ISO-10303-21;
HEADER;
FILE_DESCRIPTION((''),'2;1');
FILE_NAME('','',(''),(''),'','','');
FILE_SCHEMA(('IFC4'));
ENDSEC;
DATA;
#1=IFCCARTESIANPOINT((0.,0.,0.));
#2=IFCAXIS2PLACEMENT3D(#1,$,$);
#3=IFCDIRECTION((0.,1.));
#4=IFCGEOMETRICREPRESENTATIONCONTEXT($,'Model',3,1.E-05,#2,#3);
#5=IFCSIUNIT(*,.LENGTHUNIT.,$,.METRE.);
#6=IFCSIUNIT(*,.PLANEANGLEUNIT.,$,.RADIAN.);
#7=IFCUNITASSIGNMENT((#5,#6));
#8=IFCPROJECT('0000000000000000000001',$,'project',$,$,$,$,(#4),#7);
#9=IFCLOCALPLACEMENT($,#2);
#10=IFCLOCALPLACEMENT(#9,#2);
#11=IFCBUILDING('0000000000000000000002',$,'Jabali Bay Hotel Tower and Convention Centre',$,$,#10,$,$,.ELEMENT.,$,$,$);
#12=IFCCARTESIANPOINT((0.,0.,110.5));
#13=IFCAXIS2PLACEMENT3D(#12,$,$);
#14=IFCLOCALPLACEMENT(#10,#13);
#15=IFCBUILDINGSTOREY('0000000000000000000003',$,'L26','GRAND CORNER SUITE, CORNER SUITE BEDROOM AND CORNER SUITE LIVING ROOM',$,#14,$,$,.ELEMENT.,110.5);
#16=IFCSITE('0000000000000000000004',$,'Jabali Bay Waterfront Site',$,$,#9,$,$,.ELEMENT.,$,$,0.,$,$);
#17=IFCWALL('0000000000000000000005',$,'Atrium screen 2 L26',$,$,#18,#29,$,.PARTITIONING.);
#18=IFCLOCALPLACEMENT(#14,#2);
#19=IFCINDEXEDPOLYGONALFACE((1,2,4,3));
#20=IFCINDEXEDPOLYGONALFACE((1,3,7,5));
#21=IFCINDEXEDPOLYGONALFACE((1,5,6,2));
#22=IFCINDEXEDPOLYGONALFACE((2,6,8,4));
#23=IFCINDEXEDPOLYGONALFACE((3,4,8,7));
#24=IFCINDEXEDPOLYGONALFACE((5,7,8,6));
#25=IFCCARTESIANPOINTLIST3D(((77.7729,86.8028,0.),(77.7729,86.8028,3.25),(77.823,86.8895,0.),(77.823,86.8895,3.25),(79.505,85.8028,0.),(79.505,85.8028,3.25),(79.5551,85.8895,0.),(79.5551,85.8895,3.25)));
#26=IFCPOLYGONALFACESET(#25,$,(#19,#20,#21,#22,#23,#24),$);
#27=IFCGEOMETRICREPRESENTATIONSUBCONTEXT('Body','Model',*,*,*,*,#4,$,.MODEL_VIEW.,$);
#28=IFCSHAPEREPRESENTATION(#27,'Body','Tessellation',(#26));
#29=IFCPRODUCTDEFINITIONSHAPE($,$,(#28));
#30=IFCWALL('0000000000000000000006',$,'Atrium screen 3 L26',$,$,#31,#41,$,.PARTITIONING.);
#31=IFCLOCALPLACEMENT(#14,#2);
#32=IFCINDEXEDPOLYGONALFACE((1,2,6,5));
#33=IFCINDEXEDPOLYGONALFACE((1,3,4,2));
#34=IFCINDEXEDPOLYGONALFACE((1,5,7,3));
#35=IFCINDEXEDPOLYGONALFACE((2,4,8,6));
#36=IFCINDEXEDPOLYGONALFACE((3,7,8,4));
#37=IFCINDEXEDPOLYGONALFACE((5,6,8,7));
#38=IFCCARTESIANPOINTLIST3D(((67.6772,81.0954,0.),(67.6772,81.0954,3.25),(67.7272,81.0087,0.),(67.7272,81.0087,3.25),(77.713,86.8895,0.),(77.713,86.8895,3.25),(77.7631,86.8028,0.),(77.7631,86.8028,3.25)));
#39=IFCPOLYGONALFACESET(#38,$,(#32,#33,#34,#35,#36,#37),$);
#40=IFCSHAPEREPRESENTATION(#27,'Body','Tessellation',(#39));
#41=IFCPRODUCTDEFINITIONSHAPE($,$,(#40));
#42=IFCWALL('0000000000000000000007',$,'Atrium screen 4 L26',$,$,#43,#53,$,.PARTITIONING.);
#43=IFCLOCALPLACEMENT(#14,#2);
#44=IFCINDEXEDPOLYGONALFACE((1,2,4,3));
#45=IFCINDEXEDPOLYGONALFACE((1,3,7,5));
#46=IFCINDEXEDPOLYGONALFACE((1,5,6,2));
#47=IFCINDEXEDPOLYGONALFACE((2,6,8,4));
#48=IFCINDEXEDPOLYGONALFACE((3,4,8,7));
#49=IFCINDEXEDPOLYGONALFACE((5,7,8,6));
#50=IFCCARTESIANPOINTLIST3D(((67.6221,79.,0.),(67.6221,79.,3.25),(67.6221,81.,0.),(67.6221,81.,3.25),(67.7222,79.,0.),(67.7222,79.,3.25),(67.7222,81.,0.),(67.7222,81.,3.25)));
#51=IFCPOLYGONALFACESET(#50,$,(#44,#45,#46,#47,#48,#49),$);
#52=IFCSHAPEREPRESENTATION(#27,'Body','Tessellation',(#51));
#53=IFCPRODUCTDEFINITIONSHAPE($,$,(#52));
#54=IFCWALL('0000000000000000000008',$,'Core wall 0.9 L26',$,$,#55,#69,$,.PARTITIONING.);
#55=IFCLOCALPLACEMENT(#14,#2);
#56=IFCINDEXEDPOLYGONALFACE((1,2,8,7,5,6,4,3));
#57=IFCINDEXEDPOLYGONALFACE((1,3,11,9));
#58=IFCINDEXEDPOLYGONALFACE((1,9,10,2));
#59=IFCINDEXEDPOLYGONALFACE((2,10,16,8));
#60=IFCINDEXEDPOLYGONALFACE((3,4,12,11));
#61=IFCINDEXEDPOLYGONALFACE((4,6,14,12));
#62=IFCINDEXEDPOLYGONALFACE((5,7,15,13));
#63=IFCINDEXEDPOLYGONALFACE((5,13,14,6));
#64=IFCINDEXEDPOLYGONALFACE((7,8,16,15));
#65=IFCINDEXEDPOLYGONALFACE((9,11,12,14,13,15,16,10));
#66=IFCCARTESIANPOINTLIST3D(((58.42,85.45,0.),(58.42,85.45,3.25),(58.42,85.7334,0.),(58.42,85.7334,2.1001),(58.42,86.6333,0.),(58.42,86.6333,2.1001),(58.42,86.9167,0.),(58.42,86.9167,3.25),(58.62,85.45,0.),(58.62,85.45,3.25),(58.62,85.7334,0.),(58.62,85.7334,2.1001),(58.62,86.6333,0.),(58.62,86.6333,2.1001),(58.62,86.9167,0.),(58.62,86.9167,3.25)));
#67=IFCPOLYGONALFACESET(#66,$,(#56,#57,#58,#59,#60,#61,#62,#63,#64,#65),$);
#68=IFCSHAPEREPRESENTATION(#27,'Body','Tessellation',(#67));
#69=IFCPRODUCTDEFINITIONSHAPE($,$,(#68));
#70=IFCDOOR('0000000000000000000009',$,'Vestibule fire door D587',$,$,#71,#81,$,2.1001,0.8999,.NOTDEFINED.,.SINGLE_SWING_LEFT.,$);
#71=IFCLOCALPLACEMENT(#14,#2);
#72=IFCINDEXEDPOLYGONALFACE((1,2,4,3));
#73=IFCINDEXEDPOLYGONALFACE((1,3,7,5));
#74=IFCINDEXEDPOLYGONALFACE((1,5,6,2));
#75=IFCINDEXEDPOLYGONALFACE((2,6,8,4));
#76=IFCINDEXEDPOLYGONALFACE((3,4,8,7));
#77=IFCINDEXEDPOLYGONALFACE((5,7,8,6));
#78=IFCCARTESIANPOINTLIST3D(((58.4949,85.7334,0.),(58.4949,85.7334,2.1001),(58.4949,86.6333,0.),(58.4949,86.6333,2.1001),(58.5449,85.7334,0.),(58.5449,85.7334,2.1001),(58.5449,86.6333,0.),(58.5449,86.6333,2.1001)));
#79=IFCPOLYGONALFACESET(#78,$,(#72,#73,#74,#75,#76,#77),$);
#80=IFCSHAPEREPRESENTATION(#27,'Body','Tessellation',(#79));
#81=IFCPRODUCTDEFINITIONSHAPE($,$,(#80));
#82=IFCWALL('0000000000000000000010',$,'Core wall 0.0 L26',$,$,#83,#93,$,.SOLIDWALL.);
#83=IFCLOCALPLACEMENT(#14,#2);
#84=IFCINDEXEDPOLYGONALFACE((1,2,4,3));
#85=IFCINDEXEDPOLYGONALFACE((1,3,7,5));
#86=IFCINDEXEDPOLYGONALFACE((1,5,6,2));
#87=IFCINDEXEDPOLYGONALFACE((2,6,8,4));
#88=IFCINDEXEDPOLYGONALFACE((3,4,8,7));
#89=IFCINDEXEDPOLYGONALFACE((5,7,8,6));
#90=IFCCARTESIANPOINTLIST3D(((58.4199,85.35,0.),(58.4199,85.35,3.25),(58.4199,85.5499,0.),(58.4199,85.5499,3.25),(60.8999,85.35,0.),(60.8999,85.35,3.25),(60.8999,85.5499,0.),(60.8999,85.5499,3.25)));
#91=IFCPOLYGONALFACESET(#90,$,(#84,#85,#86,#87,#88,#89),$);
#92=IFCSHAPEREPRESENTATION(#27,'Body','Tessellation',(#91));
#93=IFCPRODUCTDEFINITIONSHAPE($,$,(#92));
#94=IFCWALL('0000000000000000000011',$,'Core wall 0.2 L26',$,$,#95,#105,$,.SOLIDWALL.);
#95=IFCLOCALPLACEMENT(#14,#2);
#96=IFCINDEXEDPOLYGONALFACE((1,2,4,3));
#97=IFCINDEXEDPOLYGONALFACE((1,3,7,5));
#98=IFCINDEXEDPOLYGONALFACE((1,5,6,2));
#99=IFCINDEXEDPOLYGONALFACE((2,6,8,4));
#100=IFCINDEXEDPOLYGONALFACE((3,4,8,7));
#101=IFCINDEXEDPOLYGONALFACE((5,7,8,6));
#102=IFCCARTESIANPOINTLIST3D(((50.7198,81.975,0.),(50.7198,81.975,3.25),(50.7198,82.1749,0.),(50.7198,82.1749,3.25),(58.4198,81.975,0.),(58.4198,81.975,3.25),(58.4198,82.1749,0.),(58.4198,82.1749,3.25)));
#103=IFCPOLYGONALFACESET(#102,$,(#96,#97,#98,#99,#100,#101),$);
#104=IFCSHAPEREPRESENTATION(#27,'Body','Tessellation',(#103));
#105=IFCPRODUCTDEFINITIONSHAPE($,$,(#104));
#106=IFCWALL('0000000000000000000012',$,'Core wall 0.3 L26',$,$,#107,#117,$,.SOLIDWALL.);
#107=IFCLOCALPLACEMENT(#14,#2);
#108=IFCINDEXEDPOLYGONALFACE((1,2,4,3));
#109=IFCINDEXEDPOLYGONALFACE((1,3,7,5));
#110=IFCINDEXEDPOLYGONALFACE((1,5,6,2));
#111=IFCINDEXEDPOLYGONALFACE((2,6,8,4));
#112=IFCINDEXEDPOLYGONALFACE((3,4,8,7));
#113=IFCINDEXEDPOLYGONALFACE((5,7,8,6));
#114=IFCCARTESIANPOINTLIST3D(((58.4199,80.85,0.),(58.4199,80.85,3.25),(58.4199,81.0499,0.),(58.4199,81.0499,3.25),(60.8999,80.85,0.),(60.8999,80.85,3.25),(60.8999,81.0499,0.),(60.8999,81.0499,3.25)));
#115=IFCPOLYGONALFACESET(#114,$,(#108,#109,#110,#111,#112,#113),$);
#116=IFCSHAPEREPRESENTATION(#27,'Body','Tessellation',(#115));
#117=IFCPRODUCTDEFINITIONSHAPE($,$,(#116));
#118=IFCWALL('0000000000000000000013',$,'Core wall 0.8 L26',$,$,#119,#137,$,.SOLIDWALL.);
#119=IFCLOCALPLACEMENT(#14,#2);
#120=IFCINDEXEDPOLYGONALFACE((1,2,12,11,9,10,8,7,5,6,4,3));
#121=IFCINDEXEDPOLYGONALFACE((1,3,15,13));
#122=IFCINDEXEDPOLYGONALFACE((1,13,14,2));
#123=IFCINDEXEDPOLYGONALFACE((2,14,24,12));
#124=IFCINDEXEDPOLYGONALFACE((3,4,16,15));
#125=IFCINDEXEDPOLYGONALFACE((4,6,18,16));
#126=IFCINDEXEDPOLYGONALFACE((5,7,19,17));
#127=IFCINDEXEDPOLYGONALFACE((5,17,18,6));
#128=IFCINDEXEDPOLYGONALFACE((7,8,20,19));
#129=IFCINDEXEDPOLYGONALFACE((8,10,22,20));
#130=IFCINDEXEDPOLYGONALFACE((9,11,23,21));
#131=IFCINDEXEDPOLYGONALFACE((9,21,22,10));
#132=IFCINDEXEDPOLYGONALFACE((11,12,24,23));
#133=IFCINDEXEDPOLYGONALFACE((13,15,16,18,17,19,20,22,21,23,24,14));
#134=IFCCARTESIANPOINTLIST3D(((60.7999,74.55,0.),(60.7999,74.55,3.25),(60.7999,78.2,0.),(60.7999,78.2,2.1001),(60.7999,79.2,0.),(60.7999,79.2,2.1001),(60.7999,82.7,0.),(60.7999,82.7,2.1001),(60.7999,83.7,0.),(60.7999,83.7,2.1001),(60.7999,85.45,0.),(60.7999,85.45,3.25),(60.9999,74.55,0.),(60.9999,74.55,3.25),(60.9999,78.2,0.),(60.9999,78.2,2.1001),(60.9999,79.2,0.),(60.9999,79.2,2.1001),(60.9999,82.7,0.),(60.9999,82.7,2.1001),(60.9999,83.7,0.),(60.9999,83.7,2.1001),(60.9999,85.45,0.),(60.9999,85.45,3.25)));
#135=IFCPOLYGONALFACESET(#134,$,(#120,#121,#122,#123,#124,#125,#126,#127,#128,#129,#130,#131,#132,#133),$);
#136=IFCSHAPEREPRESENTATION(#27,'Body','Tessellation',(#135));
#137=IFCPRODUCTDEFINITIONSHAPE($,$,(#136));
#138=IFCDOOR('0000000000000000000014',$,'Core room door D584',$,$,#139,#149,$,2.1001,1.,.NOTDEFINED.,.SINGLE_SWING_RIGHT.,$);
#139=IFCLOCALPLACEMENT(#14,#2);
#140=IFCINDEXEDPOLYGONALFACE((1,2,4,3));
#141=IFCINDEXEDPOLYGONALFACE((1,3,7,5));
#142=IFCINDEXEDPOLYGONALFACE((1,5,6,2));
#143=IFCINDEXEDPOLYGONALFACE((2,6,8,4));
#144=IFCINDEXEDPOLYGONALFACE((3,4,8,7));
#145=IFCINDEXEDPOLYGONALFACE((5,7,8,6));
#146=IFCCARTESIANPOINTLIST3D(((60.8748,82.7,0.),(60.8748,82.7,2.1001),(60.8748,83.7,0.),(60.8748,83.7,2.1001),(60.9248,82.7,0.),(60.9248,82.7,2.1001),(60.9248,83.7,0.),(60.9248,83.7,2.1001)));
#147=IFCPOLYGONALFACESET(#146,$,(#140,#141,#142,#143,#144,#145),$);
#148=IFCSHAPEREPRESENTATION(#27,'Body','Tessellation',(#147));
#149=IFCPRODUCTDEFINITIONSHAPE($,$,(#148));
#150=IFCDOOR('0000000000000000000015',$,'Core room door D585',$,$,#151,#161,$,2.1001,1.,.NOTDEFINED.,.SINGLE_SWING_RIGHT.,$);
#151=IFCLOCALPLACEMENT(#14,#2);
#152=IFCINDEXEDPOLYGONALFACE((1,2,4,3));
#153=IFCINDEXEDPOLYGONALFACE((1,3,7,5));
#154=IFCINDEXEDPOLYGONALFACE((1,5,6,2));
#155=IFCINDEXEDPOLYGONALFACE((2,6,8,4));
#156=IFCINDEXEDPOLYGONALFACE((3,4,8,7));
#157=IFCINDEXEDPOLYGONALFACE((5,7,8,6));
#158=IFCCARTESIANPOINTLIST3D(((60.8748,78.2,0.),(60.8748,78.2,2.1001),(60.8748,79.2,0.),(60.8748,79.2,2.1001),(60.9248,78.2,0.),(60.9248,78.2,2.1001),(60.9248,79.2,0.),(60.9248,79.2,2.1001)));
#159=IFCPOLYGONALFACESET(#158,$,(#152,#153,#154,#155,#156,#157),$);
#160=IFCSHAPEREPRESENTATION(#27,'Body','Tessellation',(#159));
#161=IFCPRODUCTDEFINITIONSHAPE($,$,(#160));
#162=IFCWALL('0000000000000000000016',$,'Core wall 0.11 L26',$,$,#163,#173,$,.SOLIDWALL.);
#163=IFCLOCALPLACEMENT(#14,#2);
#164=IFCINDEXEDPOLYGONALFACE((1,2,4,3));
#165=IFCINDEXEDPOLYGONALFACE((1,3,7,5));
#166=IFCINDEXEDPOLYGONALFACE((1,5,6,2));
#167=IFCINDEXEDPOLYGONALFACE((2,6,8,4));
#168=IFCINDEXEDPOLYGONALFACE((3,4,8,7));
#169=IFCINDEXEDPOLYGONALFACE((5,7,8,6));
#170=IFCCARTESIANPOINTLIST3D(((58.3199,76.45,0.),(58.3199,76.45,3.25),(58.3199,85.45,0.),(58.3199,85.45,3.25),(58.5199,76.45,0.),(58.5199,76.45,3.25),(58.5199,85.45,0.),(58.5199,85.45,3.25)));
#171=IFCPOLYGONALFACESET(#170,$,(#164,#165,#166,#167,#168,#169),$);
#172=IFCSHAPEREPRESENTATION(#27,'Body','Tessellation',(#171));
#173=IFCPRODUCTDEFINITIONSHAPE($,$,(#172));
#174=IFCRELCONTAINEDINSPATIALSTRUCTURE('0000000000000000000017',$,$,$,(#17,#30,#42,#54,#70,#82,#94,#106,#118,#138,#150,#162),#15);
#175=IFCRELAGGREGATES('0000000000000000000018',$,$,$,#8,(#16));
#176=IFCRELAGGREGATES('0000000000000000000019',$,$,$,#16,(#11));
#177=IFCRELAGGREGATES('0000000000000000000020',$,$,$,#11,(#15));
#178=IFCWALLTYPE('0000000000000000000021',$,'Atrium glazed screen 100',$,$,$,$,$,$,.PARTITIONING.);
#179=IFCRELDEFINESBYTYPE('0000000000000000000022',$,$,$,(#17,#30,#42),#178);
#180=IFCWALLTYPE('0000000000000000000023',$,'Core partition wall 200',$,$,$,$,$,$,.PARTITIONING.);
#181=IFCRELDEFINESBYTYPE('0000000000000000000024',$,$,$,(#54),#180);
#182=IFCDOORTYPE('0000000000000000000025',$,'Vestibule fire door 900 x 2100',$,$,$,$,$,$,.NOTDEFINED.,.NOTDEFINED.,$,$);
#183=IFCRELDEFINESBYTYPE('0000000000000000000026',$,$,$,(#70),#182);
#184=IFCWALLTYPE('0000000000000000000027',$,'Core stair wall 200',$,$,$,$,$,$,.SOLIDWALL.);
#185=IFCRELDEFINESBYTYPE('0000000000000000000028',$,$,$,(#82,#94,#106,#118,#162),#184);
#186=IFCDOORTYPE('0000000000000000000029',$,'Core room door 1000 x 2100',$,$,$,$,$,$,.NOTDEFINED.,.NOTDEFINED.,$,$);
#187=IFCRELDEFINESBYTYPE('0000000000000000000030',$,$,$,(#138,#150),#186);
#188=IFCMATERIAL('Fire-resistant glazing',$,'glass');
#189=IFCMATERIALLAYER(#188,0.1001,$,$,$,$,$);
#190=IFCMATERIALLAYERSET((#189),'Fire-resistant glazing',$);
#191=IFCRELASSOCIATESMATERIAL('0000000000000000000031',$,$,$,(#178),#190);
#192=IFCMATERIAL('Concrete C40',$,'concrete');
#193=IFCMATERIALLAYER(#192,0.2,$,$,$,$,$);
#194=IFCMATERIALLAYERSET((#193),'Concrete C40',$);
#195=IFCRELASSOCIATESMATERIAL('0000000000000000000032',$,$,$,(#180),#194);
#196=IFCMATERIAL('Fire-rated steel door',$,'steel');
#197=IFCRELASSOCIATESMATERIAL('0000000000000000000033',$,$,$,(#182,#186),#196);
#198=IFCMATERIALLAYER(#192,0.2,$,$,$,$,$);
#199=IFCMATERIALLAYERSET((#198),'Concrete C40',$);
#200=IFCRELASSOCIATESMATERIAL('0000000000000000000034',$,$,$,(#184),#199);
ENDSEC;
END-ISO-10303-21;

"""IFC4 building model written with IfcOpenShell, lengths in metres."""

from ifc_helpers import new_model, si_unit, direction, frame, frame_2d, origin, place, context, subcontext, project, spatial, rectangle, extrude, material, layer, layer_set, type_object, element, fill, save


model = new_model("IFC4")

# Units and contexts
model_context = context("Model", 3, precision=1e-05, world=origin(), true_north=direction((0.0, 1.0)))
body_context = subcontext(model_context, "Body", "Model", "MODEL_VIEW")
ifc_project = project(units=[si_unit("LENGTHUNIT", "METRE"), si_unit("PLANEANGLEUNIT", "RADIAN")], contexts=[model_context])

# Site, building, storey
site_placement = place(None, origin())
site = spatial("IfcSite", under=ifc_project, at=site_placement, Name="Jabali Bay Waterfront Site", CompositionType="ELEMENT", RefElevation=0.0)
building_placement = place(site_placement, origin())
building = spatial("IfcBuilding", under=site, at=building_placement, Name="Jabali Bay Hotel Tower and Convention Centre", CompositionType="ELEMENT")
storey_placement = place(building_placement, frame((0.0, 0.0, 110.5)))
storey = spatial("IfcBuildingStorey", under=building, at=storey_placement, Name="L26", Description="GRAND CORNER SUITE, CORNER SUITE BEDROOM AND CORNER SUITE LIVING ROOM", CompositionType="ELEMENT", Elevation=110.5)

# Walls
ifc_material_1 = material(Name="Fire-resistant glazing", Category="glass")
ifc_layer_1 = layer(ifc_material_1, 0.1001)
ifc_layer_set_1 = layer_set([ifc_layer_1], Name="Fire-resistant glazing")
wall_type_1 = type_object("IfcWallType", Name="Atrium glazed screen 100", PredefinedType="PARTITIONING", material=ifc_layer_set_1)
wall_1_placement = place(storey_placement, frame((79.53, 85.8462, 0.0), z_axis=(0.0, 0.0, 1.0), x_axis=(-0.866041, 0.499973, 0.0)))
element("IfcWall", 1, at=wall_1_placement, inside=storey, type_object=wall_type_1, Name="Atrium screen 2 L26", PredefinedType="PARTITIONING", context=body_context, shape_type="SweptSolid", body=[
    extrude(rectangle(XDim=2.0, YDim=0.1001, at=frame_2d((1.0, 0.0))), origin(), (0.0, 0.0, 1.0), 3.25),
])
wall_2_placement = place(storey_placement, frame((77.738, 86.8462, 0.0), z_axis=(0.0, 0.0, 1.0), x_axis=(-0.866027, -0.499998, 0.0)))
element("IfcWall", 2, at=wall_2_placement, inside=storey, type_object=wall_type_1, Name="Atrium screen 3 L26", PredefinedType="PARTITIONING", context=body_context, shape_type="SweptSolid", body=[
    extrude(rectangle(XDim=11.5884, YDim=0.1001, at=frame_2d((5.7942, 0.0))), origin(), (0.0, 0.0, 1.0), 3.25),
])
wall_3_placement = place(storey_placement, frame((67.6721, 81.0, 0.0), z_axis=(0.0, 0.0, 1.0), x_axis=(0.0, -1.0, 0.0)))
element("IfcWall", 3, at=wall_3_placement, inside=storey, type_object=wall_type_1, Name="Atrium screen 4 L26", PredefinedType="PARTITIONING", context=body_context, shape_type="SweptSolid", body=[
    extrude(rectangle(XDim=2.0, YDim=0.1001, at=frame_2d((1.0, 0.0))), origin(), (0.0, 0.0, 1.0), 3.25),
])

# Wall, opening, door
ifc_material_2 = material(Name="Concrete C40", Category="concrete")
ifc_layer_2 = layer(ifc_material_2, 0.2)
ifc_layer_set_2 = layer_set([ifc_layer_2], Name="Concrete C40")
wall_type_2 = type_object("IfcWallType", Name="Core partition wall 200", PredefinedType="PARTITIONING", material=ifc_layer_set_2)
wall_4_placement = place(storey_placement, frame((58.52, 86.9167, 0.0), z_axis=(0.0, 0.0, 1.0), x_axis=(0.0, -1.0, 0.0)))
wall_4 = element("IfcWall", 4, at=wall_4_placement, inside=storey, type_object=wall_type_2, Name="Core wall 0.9 L26", PredefinedType="PARTITIONING", context=body_context, shape_type="SweptSolid", body=[
    extrude(rectangle(XDim=1.4668, YDim=0.2, at=frame_2d((0.7334, 0.0))), origin(), (0.0, 0.0, 1.0), 3.25),
])
opening_1_placement = place(wall_4_placement, frame((0.2834, 0.0, 0.0)))
opening_1 = element("IfcOpeningElement", 5, at=opening_1_placement, cuts=wall_4, PredefinedType="OPENING", context=body_context, shape_type="SweptSolid", body=[
    extrude(rectangle(XDim=0.8999, YDim=2.1001, at=frame_2d((0.45, 1.05))), frame((0.0, 0.1104, 0.0), z_axis=(0.0, -1.0, 0.0), x_axis=(1.0, 0.0, 0.0)), (0.0, 0.0, 1.0), 0.2209),
])
ifc_material_3 = material(Name="Fire-rated steel door", Category="steel")
door_type_1 = type_object("IfcDoorType", Name="Vestibule fire door 900 x 2100", OperationType="NOTDEFINED", PredefinedType="NOTDEFINED", material=ifc_material_3)
door_1_placement = place(opening_1_placement, origin())
door_1 = element("IfcDoor", 6, at=door_1_placement, inside=storey, type_object=door_type_1, Name="Vestibule fire door D587", OperationType="SINGLE_SWING_LEFT", OverallHeight=2.1001, OverallWidth=0.8999, PredefinedType="NOTDEFINED", context=body_context, shape_type="SweptSolid", body=[
    extrude(rectangle(XDim=0.8999, YDim=2.1001, at=frame_2d((0.45, 1.05))), frame((0.0, 0.0249, 0.0), z_axis=(0.0, -1.0, 0.0), x_axis=(1.0, 0.0, 0.0)), (0.0, 0.0, 1.0), 0.05),
])
fill(opening_1, door_1)

# Walls
ifc_layer_3 = layer(ifc_material_2, 0.2)
ifc_layer_set_3 = layer_set([ifc_layer_3], Name="Concrete C40")
wall_type_3 = type_object("IfcWallType", Name="Core stair wall 200", PredefinedType="SOLIDWALL", material=ifc_layer_set_3)
wall_5_placement = place(storey_placement, frame((60.8999, 85.45, 0.0), z_axis=(0.0, 0.0, 1.0), x_axis=(-1.0, 0.0, 0.0)))
element("IfcWall", 7, at=wall_5_placement, inside=storey, type_object=wall_type_3, Name="Core wall 0.0 L26", PredefinedType="SOLIDWALL", context=body_context, shape_type="SweptSolid", body=[
    extrude(rectangle(XDim=2.48, YDim=0.2, at=frame_2d((1.24, 0.0))), origin(), (0.0, 0.0, 1.0), 3.25),
])
wall_6_placement = place(storey_placement, frame((58.4199, 82.075, 0.0), z_axis=(0.0, 0.0, 1.0), x_axis=(-1.0, 0.0, 0.0)))
element("IfcWall", 8, at=wall_6_placement, inside=storey, type_object=wall_type_3, Name="Core wall 0.2 L26", PredefinedType="SOLIDWALL", context=body_context, shape_type="SweptSolid", body=[
    extrude(rectangle(XDim=7.7, YDim=0.2, at=frame_2d((3.8501, 0.0))), origin(), (0.0, 0.0, 1.0), 3.25),
])
wall_7_placement = place(storey_placement, frame((60.8999, 80.95, 0.0), z_axis=(0.0, 0.0, 1.0), x_axis=(-1.0, 0.0, 0.0)))
element("IfcWall", 9, at=wall_7_placement, inside=storey, type_object=wall_type_3, Name="Core wall 0.3 L26", PredefinedType="SOLIDWALL", context=body_context, shape_type="SweptSolid", body=[
    extrude(rectangle(XDim=2.48, YDim=0.2, at=frame_2d((1.24, 0.0))), origin(), (0.0, 0.0, 1.0), 3.25),
])

# Wall, openings, doors
wall_8_placement = place(storey_placement, frame((60.8999, 85.45, 0.0), z_axis=(0.0, 0.0, 1.0), x_axis=(0.0, -1.0, 0.0)))
wall_8 = element("IfcWall", 10, at=wall_8_placement, inside=storey, type_object=wall_type_3, Name="Core wall 0.8 L26", PredefinedType="SOLIDWALL", context=body_context, shape_type="SweptSolid", body=[
    extrude(rectangle(XDim=10.8999, YDim=0.2, at=frame_2d((5.45, 0.0))), origin(), (0.0, 0.0, 1.0), 3.25),
])
opening_2_placement = place(wall_8_placement, frame((1.75, 0.0, 0.0)))
opening_2 = element("IfcOpeningElement", 11, at=opening_2_placement, cuts=wall_8, PredefinedType="OPENING", context=body_context, shape_type="SweptSolid", body=[
    extrude(rectangle(XDim=1.0, YDim=2.1001, at=frame_2d((0.5, 1.05))), frame((0.0, 0.1104, 0.0), z_axis=(0.0, -1.0, 0.0), x_axis=(1.0, 0.0, 0.0)), (0.0, 0.0, 1.0), 0.2209),
])
opening_3_placement = place(wall_8_placement, frame((6.25, 0.0, 0.0)))
opening_3 = element("IfcOpeningElement", 12, at=opening_3_placement, cuts=wall_8, PredefinedType="OPENING", context=body_context, shape_type="SweptSolid", body=[
    extrude(rectangle(XDim=1.0, YDim=2.1001, at=frame_2d((0.5, 1.05))), frame((0.0, 0.1104, 0.0), z_axis=(0.0, -1.0, 0.0), x_axis=(1.0, 0.0, 0.0)), (0.0, 0.0, 1.0), 0.2209),
])
door_type_2 = type_object("IfcDoorType", Name="Core room door 1000 x 2100", OperationType="NOTDEFINED", PredefinedType="NOTDEFINED", material=ifc_material_3)
door_2_placement = place(opening_2_placement, origin())
door_2 = element("IfcDoor", 13, at=door_2_placement, inside=storey, type_object=door_type_2, Name="Core room door D584", OperationType="SINGLE_SWING_RIGHT", OverallHeight=2.1001, OverallWidth=1.0, PredefinedType="NOTDEFINED", context=body_context, shape_type="SweptSolid", body=[
    extrude(rectangle(XDim=1.0, YDim=2.1001, at=frame_2d((0.5, 1.05))), frame((0.0, 0.0249, 0.0), z_axis=(0.0, -1.0, 0.0), x_axis=(1.0, 0.0, 0.0)), (0.0, 0.0, 1.0), 0.05),
])
fill(opening_2, door_2)
door_3_placement = place(opening_3_placement, origin())
door_3 = element("IfcDoor", 14, at=door_3_placement, inside=storey, type_object=door_type_2, Name="Core room door D585", OperationType="SINGLE_SWING_RIGHT", OverallHeight=2.1001, OverallWidth=1.0, PredefinedType="NOTDEFINED", context=body_context, shape_type="SweptSolid", body=[
    extrude(rectangle(XDim=1.0, YDim=2.1001, at=frame_2d((0.5, 1.05))), frame((0.0, 0.0249, 0.0), z_axis=(0.0, -1.0, 0.0), x_axis=(1.0, 0.0, 0.0)), (0.0, 0.0, 1.0), 0.05),
])
fill(opening_3, door_3)

# Wall
wall_9_placement = place(storey_placement, frame((58.4199, 85.45, 0.0), z_axis=(0.0, 0.0, 1.0), x_axis=(0.0, -1.0, 0.0)))
element("IfcWall", 15, at=wall_9_placement, inside=storey, type_object=wall_type_3, Name="Core wall 0.11 L26", PredefinedType="SOLIDWALL", context=body_context, shape_type="SweptSolid", body=[
    extrude(rectangle(XDim=9.0, YDim=0.2, at=frame_2d((4.5, 0.0))), origin(), (0.0, 0.0, 1.0), 3.25),
])

save(model, "model.ifc")
